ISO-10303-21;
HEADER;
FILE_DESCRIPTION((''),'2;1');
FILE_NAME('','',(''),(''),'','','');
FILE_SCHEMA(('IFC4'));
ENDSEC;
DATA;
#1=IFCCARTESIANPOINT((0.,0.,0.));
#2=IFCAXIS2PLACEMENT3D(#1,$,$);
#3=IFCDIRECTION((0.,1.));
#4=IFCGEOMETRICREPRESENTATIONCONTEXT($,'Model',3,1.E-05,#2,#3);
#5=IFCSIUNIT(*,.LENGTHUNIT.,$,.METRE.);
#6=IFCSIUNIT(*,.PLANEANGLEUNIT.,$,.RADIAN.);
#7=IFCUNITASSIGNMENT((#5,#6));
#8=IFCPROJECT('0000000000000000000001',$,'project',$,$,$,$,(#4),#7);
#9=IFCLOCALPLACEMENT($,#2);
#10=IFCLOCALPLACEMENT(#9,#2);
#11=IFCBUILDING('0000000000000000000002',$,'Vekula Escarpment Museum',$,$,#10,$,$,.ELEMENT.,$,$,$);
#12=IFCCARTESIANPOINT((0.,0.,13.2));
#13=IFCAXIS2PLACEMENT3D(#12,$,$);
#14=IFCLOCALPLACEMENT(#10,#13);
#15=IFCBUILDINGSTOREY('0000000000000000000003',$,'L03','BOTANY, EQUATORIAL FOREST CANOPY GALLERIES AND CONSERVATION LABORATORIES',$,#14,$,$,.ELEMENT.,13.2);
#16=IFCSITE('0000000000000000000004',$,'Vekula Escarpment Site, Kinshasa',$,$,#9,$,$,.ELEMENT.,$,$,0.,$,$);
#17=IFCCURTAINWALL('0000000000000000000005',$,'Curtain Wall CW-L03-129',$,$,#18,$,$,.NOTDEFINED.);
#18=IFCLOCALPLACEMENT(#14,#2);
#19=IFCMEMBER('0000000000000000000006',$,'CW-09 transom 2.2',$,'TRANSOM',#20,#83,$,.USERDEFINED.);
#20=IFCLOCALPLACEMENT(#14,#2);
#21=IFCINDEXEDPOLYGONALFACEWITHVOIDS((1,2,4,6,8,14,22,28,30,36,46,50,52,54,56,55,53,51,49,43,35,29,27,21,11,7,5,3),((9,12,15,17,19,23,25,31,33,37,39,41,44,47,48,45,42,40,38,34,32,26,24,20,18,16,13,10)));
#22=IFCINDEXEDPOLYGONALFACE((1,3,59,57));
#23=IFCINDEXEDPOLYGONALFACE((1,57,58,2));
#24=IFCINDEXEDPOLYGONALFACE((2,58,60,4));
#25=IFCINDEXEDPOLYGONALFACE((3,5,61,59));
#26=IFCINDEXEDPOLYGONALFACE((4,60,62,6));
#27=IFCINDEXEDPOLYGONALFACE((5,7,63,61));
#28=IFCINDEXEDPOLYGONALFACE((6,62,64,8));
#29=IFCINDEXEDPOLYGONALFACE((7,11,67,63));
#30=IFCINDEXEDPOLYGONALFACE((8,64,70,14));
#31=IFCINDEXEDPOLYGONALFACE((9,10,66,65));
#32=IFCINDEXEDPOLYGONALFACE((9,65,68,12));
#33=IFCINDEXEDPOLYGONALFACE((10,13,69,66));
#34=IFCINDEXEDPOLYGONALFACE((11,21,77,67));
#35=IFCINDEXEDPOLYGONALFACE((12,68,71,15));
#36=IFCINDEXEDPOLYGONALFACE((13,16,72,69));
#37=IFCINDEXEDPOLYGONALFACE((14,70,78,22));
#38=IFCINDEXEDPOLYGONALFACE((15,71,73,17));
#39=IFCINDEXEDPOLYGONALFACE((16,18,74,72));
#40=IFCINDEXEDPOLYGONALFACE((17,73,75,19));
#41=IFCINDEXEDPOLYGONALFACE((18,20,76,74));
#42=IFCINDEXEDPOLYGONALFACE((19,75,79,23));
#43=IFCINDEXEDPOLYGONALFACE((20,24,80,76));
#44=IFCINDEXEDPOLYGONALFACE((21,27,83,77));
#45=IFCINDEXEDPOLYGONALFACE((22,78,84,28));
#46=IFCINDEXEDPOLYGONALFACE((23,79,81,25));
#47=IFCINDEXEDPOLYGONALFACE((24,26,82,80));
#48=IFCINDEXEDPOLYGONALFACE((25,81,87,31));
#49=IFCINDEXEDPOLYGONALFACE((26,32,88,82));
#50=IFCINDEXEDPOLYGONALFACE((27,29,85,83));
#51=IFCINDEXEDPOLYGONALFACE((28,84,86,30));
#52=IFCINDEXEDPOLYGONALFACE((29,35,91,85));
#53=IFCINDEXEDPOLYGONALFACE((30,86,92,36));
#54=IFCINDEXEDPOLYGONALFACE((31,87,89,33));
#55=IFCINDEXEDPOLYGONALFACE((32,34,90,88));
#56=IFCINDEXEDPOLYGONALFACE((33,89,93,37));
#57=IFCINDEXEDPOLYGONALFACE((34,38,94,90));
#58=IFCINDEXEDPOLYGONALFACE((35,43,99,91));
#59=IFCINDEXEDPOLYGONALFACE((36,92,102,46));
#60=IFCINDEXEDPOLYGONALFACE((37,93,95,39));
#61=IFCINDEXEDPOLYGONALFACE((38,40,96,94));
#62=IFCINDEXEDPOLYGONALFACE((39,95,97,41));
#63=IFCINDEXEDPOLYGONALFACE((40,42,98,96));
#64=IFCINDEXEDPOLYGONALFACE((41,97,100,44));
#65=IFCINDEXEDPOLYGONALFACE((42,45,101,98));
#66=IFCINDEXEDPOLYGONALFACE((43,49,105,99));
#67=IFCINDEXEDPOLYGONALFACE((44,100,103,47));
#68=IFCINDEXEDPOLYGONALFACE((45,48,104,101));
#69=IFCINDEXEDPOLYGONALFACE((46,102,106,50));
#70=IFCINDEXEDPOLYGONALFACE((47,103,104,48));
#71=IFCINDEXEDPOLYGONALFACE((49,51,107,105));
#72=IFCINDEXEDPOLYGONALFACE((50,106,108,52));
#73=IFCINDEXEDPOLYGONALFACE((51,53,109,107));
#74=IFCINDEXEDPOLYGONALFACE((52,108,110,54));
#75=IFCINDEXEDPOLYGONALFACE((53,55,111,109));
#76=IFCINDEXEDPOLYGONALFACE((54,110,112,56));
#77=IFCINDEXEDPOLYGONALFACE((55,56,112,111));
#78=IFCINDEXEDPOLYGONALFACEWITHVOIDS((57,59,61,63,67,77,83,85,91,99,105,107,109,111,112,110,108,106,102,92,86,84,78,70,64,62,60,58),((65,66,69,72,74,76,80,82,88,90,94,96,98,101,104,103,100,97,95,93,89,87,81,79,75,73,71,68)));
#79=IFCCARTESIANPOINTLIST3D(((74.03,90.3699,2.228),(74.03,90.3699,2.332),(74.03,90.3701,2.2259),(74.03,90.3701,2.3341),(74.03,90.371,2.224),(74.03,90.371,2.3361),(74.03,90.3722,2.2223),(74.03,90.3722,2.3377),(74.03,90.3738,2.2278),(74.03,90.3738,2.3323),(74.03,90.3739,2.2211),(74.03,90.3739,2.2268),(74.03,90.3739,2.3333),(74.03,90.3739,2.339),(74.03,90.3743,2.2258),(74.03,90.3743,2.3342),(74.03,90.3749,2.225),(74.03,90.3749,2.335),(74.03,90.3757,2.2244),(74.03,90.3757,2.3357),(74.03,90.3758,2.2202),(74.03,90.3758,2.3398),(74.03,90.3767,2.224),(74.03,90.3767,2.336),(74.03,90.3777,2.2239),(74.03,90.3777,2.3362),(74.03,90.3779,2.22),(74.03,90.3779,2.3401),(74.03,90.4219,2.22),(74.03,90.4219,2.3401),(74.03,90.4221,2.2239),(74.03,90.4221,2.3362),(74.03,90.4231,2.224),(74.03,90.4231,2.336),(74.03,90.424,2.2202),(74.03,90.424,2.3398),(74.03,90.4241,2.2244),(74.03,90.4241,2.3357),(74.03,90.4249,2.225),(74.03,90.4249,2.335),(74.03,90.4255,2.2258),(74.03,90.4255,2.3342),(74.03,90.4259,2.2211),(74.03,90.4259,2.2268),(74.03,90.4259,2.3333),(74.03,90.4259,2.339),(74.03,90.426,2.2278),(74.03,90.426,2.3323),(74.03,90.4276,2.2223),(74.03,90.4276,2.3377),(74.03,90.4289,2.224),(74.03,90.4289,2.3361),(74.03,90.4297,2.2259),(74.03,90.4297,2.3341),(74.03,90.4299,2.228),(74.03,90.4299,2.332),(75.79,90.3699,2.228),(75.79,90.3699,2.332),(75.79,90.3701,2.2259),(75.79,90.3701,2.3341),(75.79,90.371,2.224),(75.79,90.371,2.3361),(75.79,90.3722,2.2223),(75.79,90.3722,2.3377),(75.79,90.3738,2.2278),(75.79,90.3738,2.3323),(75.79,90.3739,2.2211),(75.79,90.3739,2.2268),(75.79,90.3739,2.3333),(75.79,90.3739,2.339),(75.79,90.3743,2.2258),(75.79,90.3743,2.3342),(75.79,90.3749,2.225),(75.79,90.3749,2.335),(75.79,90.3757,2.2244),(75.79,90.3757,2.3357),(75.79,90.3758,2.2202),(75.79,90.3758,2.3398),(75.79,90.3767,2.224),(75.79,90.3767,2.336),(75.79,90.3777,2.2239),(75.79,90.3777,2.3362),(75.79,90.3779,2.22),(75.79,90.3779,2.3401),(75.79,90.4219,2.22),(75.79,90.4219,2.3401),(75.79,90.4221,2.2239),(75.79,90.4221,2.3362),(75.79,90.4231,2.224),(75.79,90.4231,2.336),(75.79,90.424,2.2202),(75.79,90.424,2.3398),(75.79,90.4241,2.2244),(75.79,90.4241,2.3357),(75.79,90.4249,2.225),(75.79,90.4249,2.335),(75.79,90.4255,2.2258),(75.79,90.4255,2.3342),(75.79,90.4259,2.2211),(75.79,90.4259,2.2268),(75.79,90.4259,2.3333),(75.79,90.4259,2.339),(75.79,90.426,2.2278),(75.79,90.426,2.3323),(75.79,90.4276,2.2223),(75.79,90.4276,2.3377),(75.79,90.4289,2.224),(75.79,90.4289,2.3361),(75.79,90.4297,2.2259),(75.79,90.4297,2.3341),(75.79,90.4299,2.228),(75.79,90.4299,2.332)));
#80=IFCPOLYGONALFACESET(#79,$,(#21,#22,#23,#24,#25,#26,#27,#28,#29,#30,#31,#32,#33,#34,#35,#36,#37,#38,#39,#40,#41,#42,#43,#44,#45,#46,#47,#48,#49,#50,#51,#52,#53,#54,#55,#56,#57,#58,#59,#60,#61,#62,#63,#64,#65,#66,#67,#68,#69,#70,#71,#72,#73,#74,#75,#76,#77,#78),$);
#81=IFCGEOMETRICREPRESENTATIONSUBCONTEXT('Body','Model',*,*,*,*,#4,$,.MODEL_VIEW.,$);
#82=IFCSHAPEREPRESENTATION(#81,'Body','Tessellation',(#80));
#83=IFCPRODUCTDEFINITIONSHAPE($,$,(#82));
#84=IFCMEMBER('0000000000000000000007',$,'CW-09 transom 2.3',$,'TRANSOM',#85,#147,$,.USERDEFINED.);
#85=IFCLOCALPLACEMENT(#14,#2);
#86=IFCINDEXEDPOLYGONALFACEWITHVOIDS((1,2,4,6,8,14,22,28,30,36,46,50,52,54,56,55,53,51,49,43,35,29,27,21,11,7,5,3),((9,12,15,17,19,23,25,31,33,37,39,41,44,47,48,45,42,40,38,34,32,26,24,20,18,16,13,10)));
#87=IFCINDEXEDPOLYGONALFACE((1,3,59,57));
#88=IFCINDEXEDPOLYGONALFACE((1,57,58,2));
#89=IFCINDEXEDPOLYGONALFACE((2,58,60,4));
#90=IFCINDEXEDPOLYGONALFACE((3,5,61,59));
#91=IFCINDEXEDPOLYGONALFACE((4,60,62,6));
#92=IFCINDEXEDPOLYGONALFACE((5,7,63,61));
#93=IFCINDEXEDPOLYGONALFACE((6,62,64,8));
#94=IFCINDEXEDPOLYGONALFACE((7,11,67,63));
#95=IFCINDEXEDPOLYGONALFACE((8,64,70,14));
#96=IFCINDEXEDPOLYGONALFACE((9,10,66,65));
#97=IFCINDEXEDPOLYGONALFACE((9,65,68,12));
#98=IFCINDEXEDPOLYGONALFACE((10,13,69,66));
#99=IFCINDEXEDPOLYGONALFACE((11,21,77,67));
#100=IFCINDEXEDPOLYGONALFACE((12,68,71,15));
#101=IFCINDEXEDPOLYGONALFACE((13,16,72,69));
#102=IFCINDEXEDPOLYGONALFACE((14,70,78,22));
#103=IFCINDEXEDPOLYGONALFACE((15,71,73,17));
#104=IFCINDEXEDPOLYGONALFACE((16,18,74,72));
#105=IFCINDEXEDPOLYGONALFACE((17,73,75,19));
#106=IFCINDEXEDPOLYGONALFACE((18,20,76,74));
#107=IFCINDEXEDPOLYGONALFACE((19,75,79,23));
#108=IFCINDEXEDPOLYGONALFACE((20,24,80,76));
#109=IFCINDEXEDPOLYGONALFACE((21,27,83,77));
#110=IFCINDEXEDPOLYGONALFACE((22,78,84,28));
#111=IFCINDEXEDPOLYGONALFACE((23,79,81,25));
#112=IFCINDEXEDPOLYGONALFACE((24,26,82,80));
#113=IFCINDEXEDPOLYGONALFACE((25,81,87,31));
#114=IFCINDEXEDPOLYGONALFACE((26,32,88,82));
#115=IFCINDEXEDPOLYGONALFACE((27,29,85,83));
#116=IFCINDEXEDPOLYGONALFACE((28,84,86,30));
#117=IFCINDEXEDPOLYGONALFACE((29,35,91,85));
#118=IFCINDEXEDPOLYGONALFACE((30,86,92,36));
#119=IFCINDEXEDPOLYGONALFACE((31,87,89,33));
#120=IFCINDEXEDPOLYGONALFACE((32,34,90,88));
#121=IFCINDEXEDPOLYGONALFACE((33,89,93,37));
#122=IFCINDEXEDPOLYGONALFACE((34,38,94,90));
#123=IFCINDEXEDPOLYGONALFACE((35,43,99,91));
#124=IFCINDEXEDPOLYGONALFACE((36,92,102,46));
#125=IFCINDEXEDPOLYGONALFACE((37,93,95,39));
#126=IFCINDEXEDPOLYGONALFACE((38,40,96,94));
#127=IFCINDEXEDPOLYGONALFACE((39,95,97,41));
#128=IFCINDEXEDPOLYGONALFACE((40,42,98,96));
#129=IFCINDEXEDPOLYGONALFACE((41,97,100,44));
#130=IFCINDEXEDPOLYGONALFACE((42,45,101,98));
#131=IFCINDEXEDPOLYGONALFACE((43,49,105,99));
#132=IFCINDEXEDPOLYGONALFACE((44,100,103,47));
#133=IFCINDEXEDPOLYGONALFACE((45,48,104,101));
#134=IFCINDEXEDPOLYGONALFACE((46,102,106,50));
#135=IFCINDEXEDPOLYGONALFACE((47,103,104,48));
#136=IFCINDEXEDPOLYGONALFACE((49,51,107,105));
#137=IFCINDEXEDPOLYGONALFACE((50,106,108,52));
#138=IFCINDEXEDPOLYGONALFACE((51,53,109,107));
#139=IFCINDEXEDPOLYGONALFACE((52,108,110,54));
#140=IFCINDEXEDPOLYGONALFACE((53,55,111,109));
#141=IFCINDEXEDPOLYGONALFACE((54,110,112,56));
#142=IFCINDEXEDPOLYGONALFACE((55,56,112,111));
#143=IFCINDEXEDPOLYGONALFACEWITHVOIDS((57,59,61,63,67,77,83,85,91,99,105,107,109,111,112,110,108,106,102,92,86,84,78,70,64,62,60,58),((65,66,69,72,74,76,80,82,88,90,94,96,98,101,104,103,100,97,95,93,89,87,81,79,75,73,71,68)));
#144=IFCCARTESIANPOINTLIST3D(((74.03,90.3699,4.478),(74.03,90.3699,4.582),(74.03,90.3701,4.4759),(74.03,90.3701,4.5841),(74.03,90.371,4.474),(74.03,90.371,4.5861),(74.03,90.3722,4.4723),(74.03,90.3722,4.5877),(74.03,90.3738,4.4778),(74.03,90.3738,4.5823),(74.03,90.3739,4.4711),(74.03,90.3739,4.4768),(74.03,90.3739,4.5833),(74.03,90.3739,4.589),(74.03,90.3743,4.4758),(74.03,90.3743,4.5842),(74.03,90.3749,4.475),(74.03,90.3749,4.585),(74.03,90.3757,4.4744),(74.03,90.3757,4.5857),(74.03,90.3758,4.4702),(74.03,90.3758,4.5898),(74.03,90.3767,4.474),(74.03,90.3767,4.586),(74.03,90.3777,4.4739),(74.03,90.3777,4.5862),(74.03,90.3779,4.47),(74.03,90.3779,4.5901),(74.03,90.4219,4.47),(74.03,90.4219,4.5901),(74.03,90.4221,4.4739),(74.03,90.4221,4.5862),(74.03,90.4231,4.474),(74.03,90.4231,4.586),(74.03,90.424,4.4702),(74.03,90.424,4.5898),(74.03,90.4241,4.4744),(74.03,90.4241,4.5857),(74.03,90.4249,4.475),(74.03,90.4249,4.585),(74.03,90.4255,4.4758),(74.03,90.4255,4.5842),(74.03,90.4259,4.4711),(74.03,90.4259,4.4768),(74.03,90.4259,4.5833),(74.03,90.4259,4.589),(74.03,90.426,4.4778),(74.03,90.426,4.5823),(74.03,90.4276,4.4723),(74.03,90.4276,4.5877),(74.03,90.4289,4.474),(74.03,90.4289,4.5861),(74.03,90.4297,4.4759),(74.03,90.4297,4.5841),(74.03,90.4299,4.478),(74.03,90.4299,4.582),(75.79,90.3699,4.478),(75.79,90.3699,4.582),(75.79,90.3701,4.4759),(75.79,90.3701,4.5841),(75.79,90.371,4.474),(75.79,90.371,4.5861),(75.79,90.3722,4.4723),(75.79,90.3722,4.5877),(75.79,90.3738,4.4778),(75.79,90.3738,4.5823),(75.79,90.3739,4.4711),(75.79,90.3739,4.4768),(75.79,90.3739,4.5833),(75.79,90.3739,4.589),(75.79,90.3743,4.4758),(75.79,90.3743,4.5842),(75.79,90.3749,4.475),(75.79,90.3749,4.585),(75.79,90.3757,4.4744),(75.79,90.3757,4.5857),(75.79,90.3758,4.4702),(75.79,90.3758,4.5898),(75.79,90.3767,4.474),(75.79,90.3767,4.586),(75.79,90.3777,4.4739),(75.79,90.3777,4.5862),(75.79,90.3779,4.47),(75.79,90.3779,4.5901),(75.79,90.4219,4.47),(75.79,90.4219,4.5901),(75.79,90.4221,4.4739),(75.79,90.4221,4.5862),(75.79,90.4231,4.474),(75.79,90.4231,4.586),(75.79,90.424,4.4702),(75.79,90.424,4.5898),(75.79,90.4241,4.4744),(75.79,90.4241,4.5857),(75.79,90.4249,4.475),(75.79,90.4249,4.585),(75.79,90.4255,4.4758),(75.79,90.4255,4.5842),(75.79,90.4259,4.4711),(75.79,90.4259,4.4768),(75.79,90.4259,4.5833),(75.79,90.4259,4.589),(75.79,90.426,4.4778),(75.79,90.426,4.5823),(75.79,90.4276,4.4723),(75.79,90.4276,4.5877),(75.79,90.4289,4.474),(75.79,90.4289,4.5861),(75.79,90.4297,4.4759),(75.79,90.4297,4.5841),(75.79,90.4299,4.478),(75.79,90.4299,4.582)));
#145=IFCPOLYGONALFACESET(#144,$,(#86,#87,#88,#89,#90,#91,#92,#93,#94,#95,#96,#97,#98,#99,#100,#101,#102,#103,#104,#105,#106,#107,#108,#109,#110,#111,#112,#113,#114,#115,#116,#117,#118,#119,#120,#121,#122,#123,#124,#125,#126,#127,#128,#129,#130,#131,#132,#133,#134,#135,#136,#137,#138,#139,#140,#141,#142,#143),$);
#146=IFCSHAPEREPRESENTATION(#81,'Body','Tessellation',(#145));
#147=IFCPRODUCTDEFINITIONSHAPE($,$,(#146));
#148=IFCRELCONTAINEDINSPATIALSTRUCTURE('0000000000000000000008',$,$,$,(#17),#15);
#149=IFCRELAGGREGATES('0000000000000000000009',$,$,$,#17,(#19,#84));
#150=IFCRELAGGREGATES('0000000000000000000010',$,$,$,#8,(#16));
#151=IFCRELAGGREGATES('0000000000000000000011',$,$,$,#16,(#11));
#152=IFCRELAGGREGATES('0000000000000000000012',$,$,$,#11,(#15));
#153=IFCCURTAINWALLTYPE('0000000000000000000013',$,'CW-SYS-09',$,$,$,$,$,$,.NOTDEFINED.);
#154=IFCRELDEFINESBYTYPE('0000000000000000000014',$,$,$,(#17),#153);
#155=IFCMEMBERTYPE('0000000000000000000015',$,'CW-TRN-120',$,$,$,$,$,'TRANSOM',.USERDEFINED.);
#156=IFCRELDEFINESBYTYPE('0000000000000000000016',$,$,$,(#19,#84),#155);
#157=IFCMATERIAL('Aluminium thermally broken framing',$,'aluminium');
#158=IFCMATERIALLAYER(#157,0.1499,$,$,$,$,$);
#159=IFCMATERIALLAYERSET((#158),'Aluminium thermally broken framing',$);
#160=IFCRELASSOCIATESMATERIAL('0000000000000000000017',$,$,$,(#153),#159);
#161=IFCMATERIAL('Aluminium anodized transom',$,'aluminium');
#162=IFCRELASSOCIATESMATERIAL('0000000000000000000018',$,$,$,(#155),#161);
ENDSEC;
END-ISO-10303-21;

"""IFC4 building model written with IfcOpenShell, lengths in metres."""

from ifc_helpers import new_model, si_unit, direction, frame, origin, origin_2d, place, context, subcontext, project, spatial, hollow_rectangle, extrude, material, layer, layer_set, material_profile, profile_set, type_object, element, aggregate, save


model = new_model("IFC4")

# Units and contexts
model_context = context("Model", 3, precision=1e-05, world=origin(), true_north=direction((0.0, 1.0)))
body_context = subcontext(model_context, "Body", "Model", "MODEL_VIEW")
ifc_project = project(units=[si_unit("LENGTHUNIT", "METRE"), si_unit("PLANEANGLEUNIT", "RADIAN")], contexts=[model_context])

# Site, building, storey
site_placement = place(None, origin())
site = spatial("IfcSite", under=ifc_project, at=site_placement, Name="Vekula Escarpment Site, Kinshasa", CompositionType="ELEMENT", RefElevation=0.0)
building_placement = place(site_placement, origin())
building = spatial("IfcBuilding", under=site, at=building_placement, Name="Vekula Escarpment Museum", CompositionType="ELEMENT")
storey_placement = place(building_placement, frame((0.0, 0.0, 13.2)))
storey = spatial("IfcBuildingStorey", under=building, at=storey_placement, Name="L03", Description="BOTANY, EQUATORIAL FOREST CANOPY GALLERIES AND CONSERVATION LABORATORIES", CompositionType="ELEMENT", Elevation=13.2)

# Curtain wall
ifc_material_1 = material(Name="Aluminium thermally broken framing", Category="aluminium")
ifc_layer_1 = layer(ifc_material_1, 0.1499)
ifc_layer_set_1 = layer_set([ifc_layer_1], Name="Aluminium thermally broken framing")
curtain_wall_type_1 = type_object("IfcCurtainWallType", Name="CW-SYS-09", PredefinedType="NOTDEFINED", material=ifc_layer_set_1)
curtain_wall_1_placement = place(storey_placement, origin())
curtain_wall_1 = element("IfcCurtainWall", 1, at=curtain_wall_1_placement, inside=storey, type_object=curtain_wall_type_1, Name="Curtain Wall CW-L03-129", PredefinedType="NOTDEFINED")

# Members
ifc_material_2 = material(Name="Aluminium anodized transom", Category="aluminium")
ifc_material_profile_1 = material_profile(ifc_material_2, hollow_rectangle(XDim=0.0601, YDim=0.1201, WallThickness=0.0039, InnerFilletRadius=0.0039, OuterFilletRadius=0.0081, at=origin_2d()), Name="ALU 120x60x4")
ifc_profile_set_1 = profile_set([ifc_material_profile_1], Name="Aluminium anodized transom")
member_type_1 = type_object("IfcMemberType", Name="CW-TRN-120", ElementType="TRANSOM", PredefinedType="USERDEFINED", material=ifc_profile_set_1)
member_1_placement = place(storey_placement, frame((75.79, 90.3999, 2.28), z_axis=(-1.0, 0.0, 0.0), x_axis=(0.0, -1.0, 0.0)))
member_1 = element("IfcMember", 2, at=member_1_placement, type_object=member_type_1, Name="CW-09 transom 2.2", ObjectType="TRANSOM", PredefinedType="USERDEFINED", context=body_context, shape_type="SweptSolid", body=[
    extrude(hollow_rectangle(XDim=0.0601, YDim=0.1201, WallThickness=0.0039, InnerFilletRadius=0.0039, OuterFilletRadius=0.0081, at=origin_2d()), origin(), (0.0, 0.0, 1.0), 1.76),
])
member_2_placement = place(storey_placement, frame((75.79, 90.3999, 4.53), z_axis=(-1.0, 0.0, 0.0), x_axis=(0.0, -1.0, 0.0)))
member_2 = element("IfcMember", 3, at=member_2_placement, type_object=member_type_1, Name="CW-09 transom 2.3", ObjectType="TRANSOM", PredefinedType="USERDEFINED", context=body_context, shape_type="SweptSolid", body=[
    extrude(hollow_rectangle(XDim=0.0601, YDim=0.1201, WallThickness=0.0039, InnerFilletRadius=0.0039, OuterFilletRadius=0.0081, at=origin_2d()), origin(), (0.0, 0.0, 1.0), 1.76),
])

aggregate(curtain_wall_1, [member_1, member_2])

save(model, "model.ifc")
